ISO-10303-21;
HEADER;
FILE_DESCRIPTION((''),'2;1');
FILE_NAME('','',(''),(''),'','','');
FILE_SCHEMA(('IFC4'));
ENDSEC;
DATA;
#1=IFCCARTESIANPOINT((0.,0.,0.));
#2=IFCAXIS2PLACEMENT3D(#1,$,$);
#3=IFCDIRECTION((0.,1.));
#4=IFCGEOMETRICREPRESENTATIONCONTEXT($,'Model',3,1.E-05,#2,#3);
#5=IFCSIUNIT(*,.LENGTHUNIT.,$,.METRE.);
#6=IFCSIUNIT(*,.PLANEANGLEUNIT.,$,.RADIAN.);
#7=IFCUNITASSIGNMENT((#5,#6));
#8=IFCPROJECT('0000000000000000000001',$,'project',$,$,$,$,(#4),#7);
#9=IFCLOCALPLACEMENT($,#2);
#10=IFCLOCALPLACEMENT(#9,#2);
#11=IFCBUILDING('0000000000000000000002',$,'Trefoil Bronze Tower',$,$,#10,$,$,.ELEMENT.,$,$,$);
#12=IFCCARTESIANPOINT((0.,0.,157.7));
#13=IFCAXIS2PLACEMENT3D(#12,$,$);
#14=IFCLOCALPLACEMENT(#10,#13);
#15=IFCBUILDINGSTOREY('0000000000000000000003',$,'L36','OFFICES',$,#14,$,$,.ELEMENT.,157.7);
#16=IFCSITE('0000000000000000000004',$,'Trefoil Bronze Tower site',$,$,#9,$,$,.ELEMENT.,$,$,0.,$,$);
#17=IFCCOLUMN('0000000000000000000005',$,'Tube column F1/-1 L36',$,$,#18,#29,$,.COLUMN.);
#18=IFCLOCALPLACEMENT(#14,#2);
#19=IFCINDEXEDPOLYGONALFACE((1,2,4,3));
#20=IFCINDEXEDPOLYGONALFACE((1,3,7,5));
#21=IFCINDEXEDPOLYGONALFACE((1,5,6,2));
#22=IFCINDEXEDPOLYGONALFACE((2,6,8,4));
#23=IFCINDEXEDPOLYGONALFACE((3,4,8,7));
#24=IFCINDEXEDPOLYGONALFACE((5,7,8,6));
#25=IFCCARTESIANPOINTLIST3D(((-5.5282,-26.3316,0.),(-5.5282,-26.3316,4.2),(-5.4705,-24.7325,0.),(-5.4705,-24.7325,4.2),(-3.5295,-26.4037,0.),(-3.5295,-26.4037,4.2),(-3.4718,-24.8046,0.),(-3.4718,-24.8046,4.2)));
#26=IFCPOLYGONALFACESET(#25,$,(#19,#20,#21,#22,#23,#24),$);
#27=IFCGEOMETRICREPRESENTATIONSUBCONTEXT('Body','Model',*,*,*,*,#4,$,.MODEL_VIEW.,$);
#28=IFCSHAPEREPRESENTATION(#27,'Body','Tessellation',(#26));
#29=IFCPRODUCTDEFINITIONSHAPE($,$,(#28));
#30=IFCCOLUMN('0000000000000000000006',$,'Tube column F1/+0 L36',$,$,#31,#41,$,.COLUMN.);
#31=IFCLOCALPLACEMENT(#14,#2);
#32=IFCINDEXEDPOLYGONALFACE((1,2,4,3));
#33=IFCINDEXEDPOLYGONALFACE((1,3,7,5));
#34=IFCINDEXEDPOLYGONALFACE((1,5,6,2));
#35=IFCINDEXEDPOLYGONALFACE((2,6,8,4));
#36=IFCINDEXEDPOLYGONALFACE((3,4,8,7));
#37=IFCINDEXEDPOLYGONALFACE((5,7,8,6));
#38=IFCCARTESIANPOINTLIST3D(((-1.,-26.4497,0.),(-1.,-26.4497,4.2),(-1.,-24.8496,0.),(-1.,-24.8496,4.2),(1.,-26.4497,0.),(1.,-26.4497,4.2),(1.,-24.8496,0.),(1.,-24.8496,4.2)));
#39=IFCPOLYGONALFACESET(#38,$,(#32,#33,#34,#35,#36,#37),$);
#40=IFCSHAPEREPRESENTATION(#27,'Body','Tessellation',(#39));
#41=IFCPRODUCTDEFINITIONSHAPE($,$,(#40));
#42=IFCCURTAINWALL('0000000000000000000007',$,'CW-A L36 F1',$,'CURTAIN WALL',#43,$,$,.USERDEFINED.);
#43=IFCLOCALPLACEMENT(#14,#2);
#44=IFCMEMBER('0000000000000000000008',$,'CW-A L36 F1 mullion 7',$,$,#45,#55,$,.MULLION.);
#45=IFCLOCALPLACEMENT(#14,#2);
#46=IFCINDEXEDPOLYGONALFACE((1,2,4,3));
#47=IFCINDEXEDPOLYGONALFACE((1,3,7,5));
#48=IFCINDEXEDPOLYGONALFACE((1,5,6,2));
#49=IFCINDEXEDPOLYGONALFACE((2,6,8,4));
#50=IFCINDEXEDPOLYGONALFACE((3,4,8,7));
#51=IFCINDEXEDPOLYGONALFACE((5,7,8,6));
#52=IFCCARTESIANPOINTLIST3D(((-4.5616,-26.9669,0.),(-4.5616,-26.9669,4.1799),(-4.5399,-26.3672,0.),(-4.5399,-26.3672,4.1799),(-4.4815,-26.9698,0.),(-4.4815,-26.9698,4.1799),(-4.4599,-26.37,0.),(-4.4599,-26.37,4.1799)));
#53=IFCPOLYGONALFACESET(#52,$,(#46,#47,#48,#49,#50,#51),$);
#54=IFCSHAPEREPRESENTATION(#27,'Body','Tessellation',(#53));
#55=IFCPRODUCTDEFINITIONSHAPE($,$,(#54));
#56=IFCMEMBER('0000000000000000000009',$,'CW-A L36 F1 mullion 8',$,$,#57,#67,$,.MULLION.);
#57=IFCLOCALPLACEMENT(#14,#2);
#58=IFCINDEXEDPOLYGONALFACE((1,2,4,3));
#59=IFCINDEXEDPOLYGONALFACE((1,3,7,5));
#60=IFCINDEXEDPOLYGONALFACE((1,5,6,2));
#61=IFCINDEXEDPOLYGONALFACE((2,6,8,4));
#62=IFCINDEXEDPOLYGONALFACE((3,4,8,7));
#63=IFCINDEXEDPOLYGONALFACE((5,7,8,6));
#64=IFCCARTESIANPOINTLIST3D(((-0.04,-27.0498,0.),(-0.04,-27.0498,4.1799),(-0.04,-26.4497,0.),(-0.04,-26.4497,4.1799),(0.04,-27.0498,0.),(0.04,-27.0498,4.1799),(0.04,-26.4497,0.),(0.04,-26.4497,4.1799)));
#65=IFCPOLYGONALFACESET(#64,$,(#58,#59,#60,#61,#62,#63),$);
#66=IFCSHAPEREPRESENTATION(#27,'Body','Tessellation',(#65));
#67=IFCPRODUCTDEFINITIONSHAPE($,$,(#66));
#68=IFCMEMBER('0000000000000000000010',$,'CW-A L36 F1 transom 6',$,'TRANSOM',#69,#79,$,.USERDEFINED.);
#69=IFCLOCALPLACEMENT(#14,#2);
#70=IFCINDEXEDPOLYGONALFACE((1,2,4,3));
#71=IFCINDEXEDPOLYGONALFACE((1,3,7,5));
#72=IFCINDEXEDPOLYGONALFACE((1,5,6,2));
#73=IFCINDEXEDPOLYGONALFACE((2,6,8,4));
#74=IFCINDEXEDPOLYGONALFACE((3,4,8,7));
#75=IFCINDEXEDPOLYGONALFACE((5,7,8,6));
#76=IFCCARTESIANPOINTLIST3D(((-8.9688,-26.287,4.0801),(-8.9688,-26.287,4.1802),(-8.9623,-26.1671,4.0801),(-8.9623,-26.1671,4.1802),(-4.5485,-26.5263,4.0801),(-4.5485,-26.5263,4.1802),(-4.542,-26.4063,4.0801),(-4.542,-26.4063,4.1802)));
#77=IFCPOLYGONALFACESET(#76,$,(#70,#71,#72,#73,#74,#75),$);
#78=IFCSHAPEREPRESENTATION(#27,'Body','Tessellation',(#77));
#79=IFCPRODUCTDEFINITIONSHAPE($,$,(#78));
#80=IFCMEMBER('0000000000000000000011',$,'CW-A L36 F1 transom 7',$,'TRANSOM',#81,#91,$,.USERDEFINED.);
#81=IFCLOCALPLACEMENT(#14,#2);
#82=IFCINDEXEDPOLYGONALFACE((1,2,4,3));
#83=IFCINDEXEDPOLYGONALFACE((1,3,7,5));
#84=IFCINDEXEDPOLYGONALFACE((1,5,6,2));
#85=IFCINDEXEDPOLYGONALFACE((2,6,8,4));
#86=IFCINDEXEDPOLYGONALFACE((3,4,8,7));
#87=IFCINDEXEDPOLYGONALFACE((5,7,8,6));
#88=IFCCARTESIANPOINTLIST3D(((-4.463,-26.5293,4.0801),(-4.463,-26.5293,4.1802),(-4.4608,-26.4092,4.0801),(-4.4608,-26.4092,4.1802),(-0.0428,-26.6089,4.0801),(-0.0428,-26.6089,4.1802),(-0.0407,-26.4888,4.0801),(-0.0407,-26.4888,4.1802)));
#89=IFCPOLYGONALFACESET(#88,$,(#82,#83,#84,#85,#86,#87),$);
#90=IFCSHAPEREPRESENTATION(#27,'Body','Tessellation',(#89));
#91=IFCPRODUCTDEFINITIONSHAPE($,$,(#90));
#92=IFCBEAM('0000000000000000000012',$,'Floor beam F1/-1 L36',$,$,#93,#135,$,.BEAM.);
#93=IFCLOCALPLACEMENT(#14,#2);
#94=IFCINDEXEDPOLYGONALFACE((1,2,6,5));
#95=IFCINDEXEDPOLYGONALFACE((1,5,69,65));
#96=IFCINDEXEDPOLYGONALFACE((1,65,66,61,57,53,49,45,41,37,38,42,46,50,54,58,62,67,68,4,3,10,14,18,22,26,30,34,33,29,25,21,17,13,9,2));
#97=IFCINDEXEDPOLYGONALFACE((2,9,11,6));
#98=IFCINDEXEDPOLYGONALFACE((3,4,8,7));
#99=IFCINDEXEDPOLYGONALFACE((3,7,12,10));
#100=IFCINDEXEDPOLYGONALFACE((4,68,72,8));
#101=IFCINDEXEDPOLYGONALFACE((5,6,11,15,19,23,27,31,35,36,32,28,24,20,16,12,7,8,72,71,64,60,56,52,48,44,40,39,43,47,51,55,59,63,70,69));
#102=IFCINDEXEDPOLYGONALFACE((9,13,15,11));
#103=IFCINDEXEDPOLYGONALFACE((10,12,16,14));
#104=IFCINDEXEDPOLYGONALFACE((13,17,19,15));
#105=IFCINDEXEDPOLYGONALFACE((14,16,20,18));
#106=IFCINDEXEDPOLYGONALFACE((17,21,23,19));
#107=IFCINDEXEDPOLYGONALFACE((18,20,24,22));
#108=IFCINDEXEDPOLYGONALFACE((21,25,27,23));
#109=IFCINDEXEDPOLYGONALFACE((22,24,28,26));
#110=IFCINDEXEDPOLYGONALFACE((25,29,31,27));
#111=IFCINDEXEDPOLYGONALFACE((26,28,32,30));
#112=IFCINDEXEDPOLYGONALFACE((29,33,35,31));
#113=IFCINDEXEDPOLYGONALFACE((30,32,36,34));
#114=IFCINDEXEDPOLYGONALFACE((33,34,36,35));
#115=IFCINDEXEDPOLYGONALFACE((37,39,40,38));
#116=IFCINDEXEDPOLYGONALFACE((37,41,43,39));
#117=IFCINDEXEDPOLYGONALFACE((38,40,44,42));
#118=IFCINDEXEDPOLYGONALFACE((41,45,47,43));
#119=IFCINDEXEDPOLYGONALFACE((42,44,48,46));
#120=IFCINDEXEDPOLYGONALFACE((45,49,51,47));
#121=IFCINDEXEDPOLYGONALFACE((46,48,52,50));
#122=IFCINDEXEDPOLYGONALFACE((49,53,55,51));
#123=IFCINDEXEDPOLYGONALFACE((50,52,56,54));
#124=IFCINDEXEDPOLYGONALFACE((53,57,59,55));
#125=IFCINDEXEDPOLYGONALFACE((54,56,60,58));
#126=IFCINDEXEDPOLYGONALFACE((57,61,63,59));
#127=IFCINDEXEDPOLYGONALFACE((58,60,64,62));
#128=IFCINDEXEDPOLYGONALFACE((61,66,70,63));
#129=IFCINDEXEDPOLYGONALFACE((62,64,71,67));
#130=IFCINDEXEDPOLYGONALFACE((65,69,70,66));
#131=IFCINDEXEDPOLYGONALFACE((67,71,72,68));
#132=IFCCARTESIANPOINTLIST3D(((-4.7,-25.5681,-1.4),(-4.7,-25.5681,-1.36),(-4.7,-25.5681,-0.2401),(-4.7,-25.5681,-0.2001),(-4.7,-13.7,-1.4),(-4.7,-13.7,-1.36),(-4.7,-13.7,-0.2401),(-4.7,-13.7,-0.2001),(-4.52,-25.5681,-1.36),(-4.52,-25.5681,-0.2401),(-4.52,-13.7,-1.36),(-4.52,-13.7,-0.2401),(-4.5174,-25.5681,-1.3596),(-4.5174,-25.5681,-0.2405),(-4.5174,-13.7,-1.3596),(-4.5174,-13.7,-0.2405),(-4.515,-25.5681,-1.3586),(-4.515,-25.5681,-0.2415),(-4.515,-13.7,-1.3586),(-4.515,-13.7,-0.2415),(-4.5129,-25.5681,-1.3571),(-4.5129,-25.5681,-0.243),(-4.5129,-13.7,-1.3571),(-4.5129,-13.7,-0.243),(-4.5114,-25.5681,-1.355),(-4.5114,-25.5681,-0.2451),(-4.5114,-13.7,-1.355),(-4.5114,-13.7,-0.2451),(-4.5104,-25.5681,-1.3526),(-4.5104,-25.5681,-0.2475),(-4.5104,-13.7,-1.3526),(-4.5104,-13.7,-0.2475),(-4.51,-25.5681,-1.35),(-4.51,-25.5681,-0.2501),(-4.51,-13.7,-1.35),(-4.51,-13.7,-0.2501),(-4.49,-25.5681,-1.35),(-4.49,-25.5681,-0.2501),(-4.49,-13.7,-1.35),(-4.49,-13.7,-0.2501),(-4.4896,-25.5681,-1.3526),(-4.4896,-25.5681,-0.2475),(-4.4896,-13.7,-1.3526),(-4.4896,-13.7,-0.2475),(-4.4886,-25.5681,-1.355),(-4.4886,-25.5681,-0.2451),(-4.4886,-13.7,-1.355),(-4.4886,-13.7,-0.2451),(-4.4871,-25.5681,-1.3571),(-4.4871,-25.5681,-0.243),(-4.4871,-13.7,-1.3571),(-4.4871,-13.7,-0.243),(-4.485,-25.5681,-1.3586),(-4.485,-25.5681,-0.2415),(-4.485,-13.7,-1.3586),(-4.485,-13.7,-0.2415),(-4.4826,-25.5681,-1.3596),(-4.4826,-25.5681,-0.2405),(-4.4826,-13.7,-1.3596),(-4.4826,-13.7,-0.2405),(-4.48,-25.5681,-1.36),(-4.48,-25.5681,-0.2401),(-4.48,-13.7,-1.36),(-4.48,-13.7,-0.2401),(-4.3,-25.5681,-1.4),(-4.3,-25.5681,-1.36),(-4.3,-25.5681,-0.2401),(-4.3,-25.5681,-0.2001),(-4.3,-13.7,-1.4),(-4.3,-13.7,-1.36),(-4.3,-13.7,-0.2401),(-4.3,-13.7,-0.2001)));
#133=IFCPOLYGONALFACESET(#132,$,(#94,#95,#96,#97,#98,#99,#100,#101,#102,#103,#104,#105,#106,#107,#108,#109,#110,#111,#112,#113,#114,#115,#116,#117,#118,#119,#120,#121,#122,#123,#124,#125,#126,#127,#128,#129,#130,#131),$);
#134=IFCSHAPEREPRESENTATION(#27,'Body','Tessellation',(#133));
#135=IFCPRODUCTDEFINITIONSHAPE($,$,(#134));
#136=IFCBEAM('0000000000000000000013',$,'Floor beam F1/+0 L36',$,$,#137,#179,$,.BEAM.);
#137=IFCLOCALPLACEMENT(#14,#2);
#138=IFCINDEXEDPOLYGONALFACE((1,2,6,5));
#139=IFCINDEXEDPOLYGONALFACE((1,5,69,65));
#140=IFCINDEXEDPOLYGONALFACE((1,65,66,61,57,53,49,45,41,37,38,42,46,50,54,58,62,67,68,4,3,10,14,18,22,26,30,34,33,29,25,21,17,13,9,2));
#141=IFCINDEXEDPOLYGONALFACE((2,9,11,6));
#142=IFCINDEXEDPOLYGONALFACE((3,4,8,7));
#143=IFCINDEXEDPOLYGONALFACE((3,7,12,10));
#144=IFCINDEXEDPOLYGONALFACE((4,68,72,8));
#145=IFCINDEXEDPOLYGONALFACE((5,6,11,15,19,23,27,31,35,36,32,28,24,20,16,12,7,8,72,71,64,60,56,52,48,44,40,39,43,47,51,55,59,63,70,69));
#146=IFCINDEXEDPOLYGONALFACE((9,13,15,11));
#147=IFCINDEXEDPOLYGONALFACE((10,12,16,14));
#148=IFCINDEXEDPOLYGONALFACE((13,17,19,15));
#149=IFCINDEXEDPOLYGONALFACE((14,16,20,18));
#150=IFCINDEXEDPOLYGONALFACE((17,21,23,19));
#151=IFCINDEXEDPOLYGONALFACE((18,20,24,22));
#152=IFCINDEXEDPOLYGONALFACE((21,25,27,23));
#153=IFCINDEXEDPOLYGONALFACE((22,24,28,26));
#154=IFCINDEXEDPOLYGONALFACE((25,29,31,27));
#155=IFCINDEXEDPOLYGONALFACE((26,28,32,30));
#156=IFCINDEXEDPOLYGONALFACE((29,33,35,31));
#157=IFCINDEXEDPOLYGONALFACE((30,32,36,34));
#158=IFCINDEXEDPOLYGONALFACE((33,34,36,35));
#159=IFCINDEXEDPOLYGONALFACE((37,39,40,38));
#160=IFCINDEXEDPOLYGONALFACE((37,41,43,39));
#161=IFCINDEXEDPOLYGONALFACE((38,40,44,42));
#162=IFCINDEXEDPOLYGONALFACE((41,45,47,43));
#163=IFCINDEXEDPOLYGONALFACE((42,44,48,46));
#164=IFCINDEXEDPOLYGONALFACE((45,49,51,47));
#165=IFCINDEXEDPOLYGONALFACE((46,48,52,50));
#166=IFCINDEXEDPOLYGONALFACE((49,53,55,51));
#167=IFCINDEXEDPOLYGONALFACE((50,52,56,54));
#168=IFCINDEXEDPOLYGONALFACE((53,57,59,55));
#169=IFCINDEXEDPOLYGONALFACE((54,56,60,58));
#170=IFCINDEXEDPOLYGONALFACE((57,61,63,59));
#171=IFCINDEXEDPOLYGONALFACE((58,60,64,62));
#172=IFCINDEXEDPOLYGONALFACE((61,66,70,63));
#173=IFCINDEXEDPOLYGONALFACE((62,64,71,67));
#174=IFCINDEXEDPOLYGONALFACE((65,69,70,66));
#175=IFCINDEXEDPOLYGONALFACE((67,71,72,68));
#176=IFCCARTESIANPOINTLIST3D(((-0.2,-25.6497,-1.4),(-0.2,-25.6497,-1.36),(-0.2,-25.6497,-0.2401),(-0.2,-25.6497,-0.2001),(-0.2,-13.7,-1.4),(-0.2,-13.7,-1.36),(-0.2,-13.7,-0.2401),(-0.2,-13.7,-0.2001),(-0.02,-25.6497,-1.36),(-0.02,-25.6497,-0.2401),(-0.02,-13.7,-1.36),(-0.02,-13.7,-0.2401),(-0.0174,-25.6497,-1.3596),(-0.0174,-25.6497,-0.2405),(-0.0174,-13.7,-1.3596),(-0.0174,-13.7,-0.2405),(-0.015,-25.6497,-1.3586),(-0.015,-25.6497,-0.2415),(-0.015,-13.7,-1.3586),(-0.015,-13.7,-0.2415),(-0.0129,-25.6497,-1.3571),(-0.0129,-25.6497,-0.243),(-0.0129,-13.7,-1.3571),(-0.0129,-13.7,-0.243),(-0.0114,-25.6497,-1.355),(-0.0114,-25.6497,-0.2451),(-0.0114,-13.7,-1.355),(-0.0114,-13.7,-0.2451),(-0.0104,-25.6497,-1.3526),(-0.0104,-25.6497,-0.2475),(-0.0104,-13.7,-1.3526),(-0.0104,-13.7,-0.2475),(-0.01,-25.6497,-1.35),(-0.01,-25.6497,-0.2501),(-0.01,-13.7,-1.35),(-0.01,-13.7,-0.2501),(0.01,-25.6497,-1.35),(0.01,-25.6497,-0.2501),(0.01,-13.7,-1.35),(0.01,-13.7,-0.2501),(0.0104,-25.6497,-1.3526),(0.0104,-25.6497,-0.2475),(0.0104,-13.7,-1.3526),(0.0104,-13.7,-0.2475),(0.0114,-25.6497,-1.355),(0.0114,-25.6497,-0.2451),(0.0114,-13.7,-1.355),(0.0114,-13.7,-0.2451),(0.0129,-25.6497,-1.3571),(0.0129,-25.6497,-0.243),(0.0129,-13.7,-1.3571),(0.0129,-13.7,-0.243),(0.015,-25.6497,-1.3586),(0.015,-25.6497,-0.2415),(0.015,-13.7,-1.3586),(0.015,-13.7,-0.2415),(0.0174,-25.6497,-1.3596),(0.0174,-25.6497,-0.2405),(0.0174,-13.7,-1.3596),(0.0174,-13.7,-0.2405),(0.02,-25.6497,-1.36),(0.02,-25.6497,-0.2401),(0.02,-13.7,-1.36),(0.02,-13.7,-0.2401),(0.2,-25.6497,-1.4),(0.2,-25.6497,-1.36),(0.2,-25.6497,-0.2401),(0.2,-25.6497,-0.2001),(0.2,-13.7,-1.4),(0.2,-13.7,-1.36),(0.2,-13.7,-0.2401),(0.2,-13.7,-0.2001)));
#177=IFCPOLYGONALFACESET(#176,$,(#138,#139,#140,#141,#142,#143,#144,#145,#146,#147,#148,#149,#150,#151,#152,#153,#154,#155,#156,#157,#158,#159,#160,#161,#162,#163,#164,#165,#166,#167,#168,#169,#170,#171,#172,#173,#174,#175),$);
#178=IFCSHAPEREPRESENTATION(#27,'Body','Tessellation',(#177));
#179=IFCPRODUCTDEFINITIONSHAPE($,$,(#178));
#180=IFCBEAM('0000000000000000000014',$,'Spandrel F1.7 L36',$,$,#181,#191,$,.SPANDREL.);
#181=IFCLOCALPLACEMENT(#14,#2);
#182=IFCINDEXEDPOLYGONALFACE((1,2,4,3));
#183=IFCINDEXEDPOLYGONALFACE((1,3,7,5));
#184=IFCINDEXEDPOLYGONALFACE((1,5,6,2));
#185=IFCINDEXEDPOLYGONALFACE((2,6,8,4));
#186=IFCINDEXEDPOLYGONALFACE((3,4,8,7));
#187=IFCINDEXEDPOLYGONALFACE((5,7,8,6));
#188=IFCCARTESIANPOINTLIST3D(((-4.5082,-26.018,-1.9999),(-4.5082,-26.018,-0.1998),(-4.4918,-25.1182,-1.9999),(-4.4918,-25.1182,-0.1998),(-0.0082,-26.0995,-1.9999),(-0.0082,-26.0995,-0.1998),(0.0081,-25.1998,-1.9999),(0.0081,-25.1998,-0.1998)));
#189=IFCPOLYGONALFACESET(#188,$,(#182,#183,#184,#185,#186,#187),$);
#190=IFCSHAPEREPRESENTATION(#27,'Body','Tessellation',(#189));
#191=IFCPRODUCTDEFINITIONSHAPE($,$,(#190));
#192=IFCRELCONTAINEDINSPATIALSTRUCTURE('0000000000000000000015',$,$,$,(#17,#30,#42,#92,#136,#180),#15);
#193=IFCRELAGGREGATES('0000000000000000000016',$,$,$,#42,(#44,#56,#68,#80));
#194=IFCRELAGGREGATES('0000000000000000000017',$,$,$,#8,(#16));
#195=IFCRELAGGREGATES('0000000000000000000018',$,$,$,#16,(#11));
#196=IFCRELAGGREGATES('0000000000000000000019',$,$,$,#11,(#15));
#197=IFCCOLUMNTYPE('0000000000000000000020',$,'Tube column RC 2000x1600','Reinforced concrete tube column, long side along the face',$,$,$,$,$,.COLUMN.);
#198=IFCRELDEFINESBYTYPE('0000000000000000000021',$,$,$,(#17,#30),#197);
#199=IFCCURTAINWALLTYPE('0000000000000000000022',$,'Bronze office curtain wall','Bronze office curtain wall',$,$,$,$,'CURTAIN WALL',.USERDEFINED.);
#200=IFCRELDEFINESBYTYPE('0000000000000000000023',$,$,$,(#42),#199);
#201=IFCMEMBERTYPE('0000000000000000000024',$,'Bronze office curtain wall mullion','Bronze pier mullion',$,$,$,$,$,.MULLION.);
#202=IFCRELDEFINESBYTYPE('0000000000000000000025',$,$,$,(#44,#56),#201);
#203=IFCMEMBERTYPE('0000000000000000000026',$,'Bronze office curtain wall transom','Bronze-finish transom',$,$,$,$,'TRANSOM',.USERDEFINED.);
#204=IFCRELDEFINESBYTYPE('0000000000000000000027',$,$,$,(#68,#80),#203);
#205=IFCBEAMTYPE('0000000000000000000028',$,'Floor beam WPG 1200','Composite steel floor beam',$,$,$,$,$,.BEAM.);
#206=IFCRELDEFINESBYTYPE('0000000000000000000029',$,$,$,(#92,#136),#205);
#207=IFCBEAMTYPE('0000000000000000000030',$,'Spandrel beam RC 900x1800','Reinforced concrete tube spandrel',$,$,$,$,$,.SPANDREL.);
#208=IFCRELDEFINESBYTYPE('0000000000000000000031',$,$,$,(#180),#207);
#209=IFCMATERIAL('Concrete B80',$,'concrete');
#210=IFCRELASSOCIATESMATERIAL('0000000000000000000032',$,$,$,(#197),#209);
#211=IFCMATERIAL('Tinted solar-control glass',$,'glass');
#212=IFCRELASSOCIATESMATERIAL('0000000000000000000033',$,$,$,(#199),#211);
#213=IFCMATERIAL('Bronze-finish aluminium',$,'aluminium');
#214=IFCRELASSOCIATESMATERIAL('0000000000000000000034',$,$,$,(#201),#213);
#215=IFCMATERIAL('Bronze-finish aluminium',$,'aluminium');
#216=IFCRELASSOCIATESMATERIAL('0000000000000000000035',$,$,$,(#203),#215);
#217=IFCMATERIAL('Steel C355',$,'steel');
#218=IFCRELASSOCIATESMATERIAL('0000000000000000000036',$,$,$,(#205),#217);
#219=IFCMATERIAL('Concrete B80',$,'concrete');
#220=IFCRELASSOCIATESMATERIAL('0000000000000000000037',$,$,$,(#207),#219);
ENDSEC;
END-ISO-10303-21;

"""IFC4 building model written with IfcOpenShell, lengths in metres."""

from ifc_helpers import new_model, si_unit, direction, frame, origin, origin_2d, place, context, subcontext, project, spatial, rectangle, i_section, extrude, material, material_profile, profile_set, type_object, element, aggregate, save


model = new_model("IFC4")

# Units and contexts
model_context = context("Model", 3, precision=1e-05, world=origin(), true_north=direction((0.0, 1.0)))
body_context = subcontext(model_context, "Body", "Model", "MODEL_VIEW")
ifc_project = project(units=[si_unit("LENGTHUNIT", "METRE"), si_unit("PLANEANGLEUNIT", "RADIAN")], contexts=[model_context])

# Site, building, storey
site_placement = place(None, origin())
site = spatial("IfcSite", under=ifc_project, at=site_placement, Name="Trefoil Bronze Tower site", CompositionType="ELEMENT", RefElevation=0.0)
building_placement = place(site_placement, origin())
building = spatial("IfcBuilding", under=site, at=building_placement, Name="Trefoil Bronze Tower", CompositionType="ELEMENT")
storey_placement = place(building_placement, frame((0.0, 0.0, 157.7)))
storey = spatial("IfcBuildingStorey", under=building, at=storey_placement, Name="L36", Description="OFFICES", CompositionType="ELEMENT", Elevation=157.7)

# Columns
ifc_material_1 = material(Name="Concrete B80", Category="concrete")
ifc_material_profile_1 = material_profile(ifc_material_1, rectangle(XDim=2.0, YDim=1.6001, at=origin_2d()), Name="RC 2000x1600")
ifc_profile_set_1 = profile_set([ifc_material_profile_1], Name="Concrete B80")
column_type = type_object("IfcColumnType", Name="Tube column RC 2000x1600", Description="Reinforced concrete tube column, long side along the face", PredefinedType="COLUMN", material=ifc_profile_set_1)
for number, where, z_axis, x_axis, name in (
    (1, (-4.5, -25.5681, 0.0), (0.0, 0.0, 1.0), (0.99935, -0.036048, 0.0), "Tube column F1/-1 L36"),
    (2, (0.0, -25.6497, 0.0), (0.0, 0.0, 1.0), (1.0, 0.0, 0.0), "Tube column F1/+0 L36"),
):
    element("IfcColumn", number, at=place(storey_placement, frame(where, z_axis=z_axis, x_axis=x_axis)), inside=storey, type_object=column_type, Name=name, PredefinedType="COLUMN", context=body_context, shape_type="SweptSolid", body=[
        extrude(rectangle(XDim=2.0, YDim=1.6001, at=origin_2d()), origin(), (0.0, 0.0, 1.0), 4.2),
    ])

# Curtain wall, members
ifc_material_2 = material(Name="Tinted solar-control glass", Category="glass")
curtain_wall_type = type_object("IfcCurtainWallType", Name="Bronze office curtain wall", Description="Bronze office curtain wall", ElementType="CURTAIN WALL", PredefinedType="USERDEFINED", material=ifc_material_2)
curtain_wall_placement = place(storey_placement, origin())
curtain_wall = element("IfcCurtainWall", 3, at=curtain_wall_placement, inside=storey, type_object=curtain_wall_type, Name="CW-A L36 F1", ObjectType="CURTAIN WALL", PredefinedType="USERDEFINED")
ifc_material_3 = material(Name="Bronze-finish aluminium", Category="aluminium")
ifc_material_profile_2 = material_profile(ifc_material_3, rectangle(XDim=0.6001, YDim=0.0801, at=origin_2d()), Name="CW-A mullion")
ifc_profile_set_2 = profile_set([ifc_material_profile_2], Name="Bronze-finish aluminium")
member_type_1 = type_object("IfcMemberType", Name="Bronze office curtain wall mullion", Description="Bronze pier mullion", PredefinedType="MULLION", material=ifc_profile_set_2)
member_1_placement = place(storey_placement, frame((-4.5107, -26.6685, 0.0), z_axis=(0.0, 0.0, 1.0), x_axis=(0.036048, 0.99935, 0.0)))
member_1 = element("IfcMember", 4, at=member_1_placement, type_object=member_type_1, Name="CW-A L36 F1 mullion 7", PredefinedType="MULLION", context=body_context, shape_type="SweptSolid", body=[
    extrude(rectangle(XDim=0.6001, YDim=0.0801, at=origin_2d()), origin(), (0.0, 0.0, 1.0), 4.1799),
])
member_2_placement = place(storey_placement, frame((0.0, -26.7498, 0.0), z_axis=(0.0, 0.0, 1.0), x_axis=(0.0, 1.0, 0.0)))
member_2 = element("IfcMember", 5, at=member_2_placement, type_object=member_type_1, Name="CW-A L36 F1 mullion 8", PredefinedType="MULLION", context=body_context, shape_type="SweptSolid", body=[
    extrude(rectangle(XDim=0.6001, YDim=0.0801, at=origin_2d()), origin(), (0.0, 0.0, 1.0), 4.1799),
])
ifc_material_4 = material(Name="Bronze-finish aluminium", Category="aluminium")
ifc_material_profile_3 = material_profile(ifc_material_4, rectangle(XDim=0.1201, YDim=0.1001, at=origin_2d()), Name="CW-A transom")
ifc_profile_set_3 = profile_set([ifc_material_profile_3], Name="Bronze-finish aluminium")
member_type_2 = type_object("IfcMemberType", Name="Bronze office curtain wall transom", Description="Bronze-finish transom", ElementType="TRANSOM", PredefinedType="USERDEFINED", material=ifc_profile_set_3)
member_3_placement = place(storey_placement, frame((-8.9656, -26.2271, 4.1301), z_axis=(0.998538, -0.05405, 0.0), x_axis=(0.05405, 0.998538, 0.0)))
member_3 = element("IfcMember", 6, at=member_3_placement, type_object=member_type_2, Name="CW-A L36 F1 transom 6", ObjectType="TRANSOM", PredefinedType="USERDEFINED", context=body_context, shape_type="SweptSolid", body=[
    extrude(rectangle(XDim=0.1201, YDim=0.1001, at=origin_2d()), origin(), (0.0, 0.0, 1.0), 4.4268),
])
member_4_placement = place(storey_placement, frame((-4.4619, -26.4692, 4.1301), z_axis=(0.999838, -0.018003, 0.0), x_axis=(0.018003, 0.999838, 0.0)))
member_4 = element("IfcMember", 7, at=member_4_placement, type_object=member_type_2, Name="CW-A L36 F1 transom 7", ObjectType="TRANSOM", PredefinedType="USERDEFINED", context=body_context, shape_type="SweptSolid", body=[
    extrude(rectangle(XDim=0.1201, YDim=0.1001, at=origin_2d()), origin(), (0.0, 0.0, 1.0), 4.4209),
])

# Beams
ifc_material_5 = material(Name="Steel C355", Category="steel")
ifc_material_profile_4 = material_profile(ifc_material_5, i_section(OverallWidth=0.3999, OverallDepth=1.2, WebThickness=0.02, FlangeThickness=0.04, FilletRadius=0.01, at=origin_2d()), Name="WPG 1200")
ifc_profile_set_4 = profile_set([ifc_material_profile_4], Name="Steel C355")
beam_type_1 = type_object("IfcBeamType", Name="Floor beam WPG 1200", Description="Composite steel floor beam", PredefinedType="BEAM", material=ifc_profile_set_4)
beam_1_placement = place(storey_placement, frame((-4.5, -25.5681, -0.8), z_axis=(0.0, 1.0, 0.0), x_axis=(-1.0, 0.0, 0.0)))
element("IfcBeam", 8, at=beam_1_placement, inside=storey, type_object=beam_type_1, Name="Floor beam F1/-1 L36", PredefinedType="BEAM", context=body_context, shape_type="SweptSolid", body=[
    extrude(i_section(OverallWidth=0.3999, OverallDepth=1.2, WebThickness=0.02, FlangeThickness=0.04, FilletRadius=0.01, at=origin_2d()), origin(), (0.0, 0.0, 1.0), 11.8682),
])
beam_2_placement = place(storey_placement, frame((0.0, -25.6497, -0.8), z_axis=(0.0, 1.0, 0.0), x_axis=(-1.0, 0.0, 0.0)))
element("IfcBeam", 9, at=beam_2_placement, inside=storey, type_object=beam_type_1, Name="Floor beam F1/+0 L36", PredefinedType="BEAM", context=body_context, shape_type="SweptSolid", body=[
    extrude(i_section(OverallWidth=0.3999, OverallDepth=1.2, WebThickness=0.02, FlangeThickness=0.04, FilletRadius=0.01, at=origin_2d()), origin(), (0.0, 0.0, 1.0), 11.9497),
])
ifc_material_6 = material(Name="Concrete B80", Category="concrete")
ifc_material_profile_5 = material_profile(ifc_material_6, rectangle(XDim=0.8999, YDim=1.8, at=origin_2d()), Name="RC 900x1800")
ifc_profile_set_5 = profile_set([ifc_material_profile_5], Name="Concrete B80")
beam_type_2 = type_object("IfcBeamType", Name="Spandrel beam RC 900x1800", Description="Reinforced concrete tube spandrel", PredefinedType="SPANDREL", material=ifc_profile_set_5)
for number, where, z_axis, x_axis, name in (
    (10, (-4.5, -25.5681, -1.0999), (0.999836, -0.018118, 0.0), (0.018118, 0.999836, 0.0), "Spandrel F1.7 L36"),
):
    element("IfcBeam", number, at=place(storey_placement, frame(where, z_axis=z_axis, x_axis=x_axis)), inside=storey, type_object=beam_type_2, Name=name, PredefinedType="SPANDREL", context=body_context, shape_type="SweptSolid", body=[
        extrude(rectangle(XDim=0.8999, YDim=1.8, at=origin_2d()), origin(), (0.0, 0.0, 1.0), 4.5007),
    ])

aggregate(curtain_wall, [member_1, member_2, member_3, member_4])

save(model, "model.ifc")
